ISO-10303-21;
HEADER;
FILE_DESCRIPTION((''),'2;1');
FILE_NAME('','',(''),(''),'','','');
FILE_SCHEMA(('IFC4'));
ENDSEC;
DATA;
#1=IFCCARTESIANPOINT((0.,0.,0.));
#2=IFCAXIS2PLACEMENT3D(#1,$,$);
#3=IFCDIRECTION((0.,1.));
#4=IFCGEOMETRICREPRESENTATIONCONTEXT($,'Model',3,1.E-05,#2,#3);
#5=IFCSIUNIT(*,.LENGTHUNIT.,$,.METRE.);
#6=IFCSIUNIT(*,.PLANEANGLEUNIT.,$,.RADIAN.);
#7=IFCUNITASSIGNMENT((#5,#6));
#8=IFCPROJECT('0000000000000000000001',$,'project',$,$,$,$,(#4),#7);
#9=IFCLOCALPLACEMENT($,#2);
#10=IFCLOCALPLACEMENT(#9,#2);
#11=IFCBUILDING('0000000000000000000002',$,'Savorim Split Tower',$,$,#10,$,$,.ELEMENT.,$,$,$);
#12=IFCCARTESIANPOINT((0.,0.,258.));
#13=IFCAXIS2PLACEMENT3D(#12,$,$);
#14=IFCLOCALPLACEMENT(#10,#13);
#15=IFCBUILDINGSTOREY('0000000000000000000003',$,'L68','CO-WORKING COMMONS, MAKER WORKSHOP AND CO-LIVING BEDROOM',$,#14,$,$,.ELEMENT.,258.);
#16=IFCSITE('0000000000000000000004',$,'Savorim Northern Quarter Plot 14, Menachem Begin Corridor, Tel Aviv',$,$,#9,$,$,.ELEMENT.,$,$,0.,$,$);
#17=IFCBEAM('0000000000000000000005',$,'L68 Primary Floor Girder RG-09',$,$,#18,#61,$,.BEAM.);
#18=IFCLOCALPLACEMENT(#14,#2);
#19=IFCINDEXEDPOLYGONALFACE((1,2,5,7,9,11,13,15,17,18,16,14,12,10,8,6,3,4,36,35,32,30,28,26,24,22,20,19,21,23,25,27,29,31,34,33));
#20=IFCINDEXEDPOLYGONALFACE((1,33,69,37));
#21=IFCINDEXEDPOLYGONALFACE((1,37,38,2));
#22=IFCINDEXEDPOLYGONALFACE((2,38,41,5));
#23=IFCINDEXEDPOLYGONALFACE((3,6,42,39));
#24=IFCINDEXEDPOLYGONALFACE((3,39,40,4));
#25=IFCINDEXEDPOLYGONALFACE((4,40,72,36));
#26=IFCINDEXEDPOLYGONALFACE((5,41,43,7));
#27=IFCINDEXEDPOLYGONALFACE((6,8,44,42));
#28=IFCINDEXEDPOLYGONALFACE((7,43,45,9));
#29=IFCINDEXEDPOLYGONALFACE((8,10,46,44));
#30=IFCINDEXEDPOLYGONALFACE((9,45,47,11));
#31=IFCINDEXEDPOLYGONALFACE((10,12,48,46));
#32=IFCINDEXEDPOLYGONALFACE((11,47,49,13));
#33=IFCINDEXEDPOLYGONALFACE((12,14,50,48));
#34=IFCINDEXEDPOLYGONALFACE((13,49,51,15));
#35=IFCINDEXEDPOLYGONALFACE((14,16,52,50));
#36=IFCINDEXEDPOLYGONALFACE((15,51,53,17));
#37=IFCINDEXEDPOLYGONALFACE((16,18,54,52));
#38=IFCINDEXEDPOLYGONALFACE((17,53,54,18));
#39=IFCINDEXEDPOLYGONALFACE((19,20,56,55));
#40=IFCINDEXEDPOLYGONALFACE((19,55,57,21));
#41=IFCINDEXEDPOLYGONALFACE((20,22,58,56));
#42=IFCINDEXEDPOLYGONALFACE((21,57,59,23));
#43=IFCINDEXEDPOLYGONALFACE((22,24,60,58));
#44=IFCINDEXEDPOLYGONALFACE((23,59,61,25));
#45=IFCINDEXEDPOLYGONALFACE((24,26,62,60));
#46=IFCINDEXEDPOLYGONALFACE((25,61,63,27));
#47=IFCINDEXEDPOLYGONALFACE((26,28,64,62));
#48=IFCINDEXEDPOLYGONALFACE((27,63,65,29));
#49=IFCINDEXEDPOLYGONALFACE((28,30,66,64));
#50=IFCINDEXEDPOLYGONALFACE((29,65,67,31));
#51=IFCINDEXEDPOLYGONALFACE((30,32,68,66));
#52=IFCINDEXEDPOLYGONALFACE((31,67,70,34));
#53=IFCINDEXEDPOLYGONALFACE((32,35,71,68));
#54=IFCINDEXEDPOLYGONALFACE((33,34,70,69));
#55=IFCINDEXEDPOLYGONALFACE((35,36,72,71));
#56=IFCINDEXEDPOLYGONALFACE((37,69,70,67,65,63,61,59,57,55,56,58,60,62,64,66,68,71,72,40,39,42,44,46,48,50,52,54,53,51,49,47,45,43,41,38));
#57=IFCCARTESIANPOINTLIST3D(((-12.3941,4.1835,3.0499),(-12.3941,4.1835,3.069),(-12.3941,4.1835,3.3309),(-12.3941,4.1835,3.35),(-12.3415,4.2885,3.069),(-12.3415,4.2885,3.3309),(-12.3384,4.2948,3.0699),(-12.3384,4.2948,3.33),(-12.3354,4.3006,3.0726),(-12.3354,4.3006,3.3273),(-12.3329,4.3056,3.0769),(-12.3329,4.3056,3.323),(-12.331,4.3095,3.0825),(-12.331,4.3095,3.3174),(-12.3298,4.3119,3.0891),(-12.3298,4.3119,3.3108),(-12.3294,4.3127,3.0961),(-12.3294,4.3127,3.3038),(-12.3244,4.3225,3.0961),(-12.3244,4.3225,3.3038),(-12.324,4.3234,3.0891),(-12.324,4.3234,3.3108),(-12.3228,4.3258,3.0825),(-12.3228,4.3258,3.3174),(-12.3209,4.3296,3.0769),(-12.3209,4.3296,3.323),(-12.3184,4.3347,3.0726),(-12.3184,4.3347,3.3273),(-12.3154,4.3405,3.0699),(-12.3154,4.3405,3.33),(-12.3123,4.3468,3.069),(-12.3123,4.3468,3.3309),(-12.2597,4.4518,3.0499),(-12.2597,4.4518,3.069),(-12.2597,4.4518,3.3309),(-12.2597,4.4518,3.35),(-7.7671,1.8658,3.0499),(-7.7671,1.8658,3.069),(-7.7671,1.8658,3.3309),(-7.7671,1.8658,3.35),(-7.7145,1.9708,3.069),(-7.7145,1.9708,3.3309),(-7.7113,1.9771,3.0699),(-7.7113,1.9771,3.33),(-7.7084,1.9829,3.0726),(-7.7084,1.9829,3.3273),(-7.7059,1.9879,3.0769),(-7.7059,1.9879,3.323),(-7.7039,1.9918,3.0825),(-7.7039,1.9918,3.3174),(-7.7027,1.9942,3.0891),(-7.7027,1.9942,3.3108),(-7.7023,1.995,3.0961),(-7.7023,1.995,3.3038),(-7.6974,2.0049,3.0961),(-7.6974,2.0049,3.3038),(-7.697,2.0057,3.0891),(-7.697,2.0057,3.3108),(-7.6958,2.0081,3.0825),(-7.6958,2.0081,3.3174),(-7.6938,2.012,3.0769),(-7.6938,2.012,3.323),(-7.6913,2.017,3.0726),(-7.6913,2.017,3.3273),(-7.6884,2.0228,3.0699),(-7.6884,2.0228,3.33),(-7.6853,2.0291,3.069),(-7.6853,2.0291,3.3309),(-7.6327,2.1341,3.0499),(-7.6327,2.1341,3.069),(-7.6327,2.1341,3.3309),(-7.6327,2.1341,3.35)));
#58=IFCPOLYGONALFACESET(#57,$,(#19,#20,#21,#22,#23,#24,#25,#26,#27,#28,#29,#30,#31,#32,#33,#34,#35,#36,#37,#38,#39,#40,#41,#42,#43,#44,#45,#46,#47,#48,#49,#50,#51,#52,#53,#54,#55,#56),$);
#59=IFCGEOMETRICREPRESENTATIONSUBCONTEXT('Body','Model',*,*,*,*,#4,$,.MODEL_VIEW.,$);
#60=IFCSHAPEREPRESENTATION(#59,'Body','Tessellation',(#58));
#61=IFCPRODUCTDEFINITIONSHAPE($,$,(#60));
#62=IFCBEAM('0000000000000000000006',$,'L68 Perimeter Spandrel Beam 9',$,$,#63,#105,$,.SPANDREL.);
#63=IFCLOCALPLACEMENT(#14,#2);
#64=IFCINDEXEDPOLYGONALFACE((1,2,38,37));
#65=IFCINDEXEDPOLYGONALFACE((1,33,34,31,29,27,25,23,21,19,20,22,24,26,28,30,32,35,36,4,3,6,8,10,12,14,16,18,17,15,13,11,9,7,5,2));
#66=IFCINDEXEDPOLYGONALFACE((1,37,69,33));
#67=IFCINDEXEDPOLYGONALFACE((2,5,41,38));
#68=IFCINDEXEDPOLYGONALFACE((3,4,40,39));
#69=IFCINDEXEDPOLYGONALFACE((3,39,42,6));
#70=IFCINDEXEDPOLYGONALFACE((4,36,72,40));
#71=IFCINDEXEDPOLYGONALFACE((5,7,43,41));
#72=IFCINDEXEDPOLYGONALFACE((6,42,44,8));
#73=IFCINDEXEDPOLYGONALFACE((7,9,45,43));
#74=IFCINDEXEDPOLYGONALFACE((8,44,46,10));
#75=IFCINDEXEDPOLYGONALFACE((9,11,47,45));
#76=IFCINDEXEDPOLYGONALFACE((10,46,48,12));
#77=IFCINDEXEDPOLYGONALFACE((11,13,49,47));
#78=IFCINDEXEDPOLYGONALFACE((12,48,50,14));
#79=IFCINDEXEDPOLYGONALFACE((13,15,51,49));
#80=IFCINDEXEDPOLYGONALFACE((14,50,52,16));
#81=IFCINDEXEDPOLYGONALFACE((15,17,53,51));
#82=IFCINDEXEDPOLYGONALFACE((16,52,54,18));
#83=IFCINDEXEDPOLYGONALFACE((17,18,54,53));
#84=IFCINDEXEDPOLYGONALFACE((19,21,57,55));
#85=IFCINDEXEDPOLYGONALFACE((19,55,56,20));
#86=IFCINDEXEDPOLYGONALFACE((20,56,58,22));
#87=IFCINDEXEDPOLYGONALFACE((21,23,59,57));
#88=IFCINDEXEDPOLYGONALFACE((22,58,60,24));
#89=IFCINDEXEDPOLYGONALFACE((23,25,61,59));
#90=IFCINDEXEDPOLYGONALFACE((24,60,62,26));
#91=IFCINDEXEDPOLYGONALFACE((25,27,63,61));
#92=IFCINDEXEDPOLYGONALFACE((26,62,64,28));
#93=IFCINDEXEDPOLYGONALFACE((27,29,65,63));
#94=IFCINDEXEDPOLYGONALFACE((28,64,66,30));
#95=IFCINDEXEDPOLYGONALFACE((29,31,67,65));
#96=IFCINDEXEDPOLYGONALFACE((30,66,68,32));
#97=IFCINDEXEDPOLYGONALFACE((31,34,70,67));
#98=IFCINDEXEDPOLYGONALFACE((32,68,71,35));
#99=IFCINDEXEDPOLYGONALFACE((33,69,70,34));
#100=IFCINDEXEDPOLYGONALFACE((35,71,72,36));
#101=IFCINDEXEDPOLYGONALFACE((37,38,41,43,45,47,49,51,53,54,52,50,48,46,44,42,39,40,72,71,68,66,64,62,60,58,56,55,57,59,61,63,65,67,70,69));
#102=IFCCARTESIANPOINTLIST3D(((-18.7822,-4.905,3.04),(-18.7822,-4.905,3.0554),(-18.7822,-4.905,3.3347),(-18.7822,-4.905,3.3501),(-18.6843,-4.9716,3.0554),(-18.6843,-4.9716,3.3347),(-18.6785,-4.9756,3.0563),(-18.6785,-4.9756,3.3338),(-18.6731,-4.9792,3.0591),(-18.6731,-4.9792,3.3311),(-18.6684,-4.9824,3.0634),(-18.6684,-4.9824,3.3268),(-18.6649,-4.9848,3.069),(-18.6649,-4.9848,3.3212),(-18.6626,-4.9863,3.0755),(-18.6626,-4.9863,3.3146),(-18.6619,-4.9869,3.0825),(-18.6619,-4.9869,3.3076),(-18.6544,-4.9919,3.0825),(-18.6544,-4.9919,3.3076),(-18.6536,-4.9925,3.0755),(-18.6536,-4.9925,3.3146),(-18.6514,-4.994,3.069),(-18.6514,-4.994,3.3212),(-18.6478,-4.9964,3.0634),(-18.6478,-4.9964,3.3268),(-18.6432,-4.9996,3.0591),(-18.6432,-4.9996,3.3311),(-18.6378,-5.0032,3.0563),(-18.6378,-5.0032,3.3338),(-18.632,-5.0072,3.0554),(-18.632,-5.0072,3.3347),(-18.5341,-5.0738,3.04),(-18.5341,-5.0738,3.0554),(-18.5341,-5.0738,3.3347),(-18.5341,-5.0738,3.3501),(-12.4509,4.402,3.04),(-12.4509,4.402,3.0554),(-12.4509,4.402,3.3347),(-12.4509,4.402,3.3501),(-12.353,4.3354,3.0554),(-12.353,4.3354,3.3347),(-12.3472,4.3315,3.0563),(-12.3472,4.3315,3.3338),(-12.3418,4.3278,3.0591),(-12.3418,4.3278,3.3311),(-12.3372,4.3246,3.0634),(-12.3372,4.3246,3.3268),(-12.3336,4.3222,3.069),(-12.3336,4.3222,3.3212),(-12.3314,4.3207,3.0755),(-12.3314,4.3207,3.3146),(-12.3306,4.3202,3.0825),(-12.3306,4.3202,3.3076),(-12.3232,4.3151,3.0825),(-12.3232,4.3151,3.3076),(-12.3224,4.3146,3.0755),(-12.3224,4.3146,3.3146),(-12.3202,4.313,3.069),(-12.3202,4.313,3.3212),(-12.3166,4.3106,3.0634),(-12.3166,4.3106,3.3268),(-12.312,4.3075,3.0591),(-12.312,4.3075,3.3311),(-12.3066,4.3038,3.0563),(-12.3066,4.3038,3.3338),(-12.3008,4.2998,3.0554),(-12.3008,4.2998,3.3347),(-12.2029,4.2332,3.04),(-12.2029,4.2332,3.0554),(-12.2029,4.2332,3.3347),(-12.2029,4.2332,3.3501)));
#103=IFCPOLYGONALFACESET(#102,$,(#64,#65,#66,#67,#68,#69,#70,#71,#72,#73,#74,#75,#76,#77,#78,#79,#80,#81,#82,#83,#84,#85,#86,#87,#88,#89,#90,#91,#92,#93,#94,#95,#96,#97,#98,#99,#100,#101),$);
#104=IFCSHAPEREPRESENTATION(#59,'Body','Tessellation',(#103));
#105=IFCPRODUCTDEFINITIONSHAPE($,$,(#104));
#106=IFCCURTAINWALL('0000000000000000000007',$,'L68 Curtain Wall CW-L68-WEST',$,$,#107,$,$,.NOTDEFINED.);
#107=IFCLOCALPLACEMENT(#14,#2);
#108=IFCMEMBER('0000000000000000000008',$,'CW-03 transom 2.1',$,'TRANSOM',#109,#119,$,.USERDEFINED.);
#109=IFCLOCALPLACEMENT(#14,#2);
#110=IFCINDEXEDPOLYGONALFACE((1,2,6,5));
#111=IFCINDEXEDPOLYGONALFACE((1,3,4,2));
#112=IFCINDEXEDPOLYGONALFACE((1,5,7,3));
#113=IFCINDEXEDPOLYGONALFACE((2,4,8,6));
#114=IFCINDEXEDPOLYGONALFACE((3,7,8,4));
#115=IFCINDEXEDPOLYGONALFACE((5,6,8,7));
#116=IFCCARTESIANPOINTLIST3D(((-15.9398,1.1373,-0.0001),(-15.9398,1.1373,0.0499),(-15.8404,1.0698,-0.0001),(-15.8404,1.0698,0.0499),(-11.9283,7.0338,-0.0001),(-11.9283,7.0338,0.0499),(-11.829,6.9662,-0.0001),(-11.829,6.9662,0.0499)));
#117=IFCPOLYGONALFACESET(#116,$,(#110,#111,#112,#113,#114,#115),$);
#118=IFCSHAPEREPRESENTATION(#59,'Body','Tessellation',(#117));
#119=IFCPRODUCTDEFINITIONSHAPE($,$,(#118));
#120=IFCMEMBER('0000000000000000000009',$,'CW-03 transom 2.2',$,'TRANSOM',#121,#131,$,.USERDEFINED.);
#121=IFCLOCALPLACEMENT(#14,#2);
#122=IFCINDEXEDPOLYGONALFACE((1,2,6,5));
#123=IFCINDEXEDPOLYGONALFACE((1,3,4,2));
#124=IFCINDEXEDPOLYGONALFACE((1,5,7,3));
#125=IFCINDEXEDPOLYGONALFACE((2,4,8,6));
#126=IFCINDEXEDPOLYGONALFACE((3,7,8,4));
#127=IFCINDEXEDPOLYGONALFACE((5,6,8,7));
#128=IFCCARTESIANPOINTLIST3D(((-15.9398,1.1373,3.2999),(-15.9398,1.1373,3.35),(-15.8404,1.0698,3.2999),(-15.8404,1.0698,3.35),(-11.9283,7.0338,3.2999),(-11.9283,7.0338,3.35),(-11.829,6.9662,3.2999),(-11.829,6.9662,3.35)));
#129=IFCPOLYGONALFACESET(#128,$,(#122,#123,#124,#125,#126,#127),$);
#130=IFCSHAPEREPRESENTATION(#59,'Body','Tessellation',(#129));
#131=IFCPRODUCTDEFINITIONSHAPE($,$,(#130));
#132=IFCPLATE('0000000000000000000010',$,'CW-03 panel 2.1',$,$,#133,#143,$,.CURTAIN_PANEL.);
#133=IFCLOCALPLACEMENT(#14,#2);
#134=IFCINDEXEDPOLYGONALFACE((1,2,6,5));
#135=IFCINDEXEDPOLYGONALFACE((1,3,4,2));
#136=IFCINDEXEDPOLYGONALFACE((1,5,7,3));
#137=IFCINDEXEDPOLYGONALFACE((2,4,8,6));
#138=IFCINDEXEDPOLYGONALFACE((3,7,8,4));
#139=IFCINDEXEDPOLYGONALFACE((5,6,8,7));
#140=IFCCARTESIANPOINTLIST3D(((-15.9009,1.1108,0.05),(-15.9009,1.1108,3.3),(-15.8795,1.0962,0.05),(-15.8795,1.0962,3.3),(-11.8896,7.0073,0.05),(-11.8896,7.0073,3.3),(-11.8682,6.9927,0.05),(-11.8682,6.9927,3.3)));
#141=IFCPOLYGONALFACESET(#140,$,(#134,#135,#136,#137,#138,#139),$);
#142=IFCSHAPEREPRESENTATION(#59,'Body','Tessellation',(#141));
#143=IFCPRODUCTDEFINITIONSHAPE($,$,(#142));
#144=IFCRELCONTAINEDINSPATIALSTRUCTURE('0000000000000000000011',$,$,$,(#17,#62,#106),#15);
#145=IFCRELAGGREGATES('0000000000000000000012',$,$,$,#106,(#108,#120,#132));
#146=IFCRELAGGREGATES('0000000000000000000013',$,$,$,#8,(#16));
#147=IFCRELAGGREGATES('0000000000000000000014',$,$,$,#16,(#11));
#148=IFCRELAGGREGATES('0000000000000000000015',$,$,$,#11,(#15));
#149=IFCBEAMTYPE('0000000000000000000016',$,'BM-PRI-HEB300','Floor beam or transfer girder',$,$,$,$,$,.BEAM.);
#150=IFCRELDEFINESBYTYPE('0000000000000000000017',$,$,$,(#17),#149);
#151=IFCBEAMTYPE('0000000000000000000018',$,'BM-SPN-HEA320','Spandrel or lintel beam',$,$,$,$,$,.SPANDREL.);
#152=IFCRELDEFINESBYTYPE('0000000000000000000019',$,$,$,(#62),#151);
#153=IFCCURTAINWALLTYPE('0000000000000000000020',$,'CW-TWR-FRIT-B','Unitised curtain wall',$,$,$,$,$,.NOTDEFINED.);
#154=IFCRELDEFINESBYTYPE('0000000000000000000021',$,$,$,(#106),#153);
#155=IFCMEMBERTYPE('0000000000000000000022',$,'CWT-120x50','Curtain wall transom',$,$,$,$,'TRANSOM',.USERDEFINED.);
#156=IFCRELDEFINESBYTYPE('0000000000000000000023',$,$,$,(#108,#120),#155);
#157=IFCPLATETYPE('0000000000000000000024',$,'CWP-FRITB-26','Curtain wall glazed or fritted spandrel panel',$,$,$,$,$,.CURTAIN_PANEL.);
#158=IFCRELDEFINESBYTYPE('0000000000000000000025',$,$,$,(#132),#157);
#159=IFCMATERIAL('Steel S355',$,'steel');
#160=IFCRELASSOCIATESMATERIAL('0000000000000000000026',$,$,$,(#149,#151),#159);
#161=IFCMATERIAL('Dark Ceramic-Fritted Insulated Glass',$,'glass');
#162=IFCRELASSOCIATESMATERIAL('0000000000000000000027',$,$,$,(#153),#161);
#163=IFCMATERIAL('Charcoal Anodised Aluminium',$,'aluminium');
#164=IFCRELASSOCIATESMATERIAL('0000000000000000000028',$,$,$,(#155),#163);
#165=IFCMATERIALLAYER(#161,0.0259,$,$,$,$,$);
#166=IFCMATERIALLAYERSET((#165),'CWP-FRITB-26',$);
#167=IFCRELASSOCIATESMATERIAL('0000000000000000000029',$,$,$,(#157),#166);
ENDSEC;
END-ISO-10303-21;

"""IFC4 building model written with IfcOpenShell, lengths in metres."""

from ifc_helpers import new_model, si_unit, direction, frame, origin, origin_2d, place, context, subcontext, project, spatial, rectangle, i_section, extrude, material, layer, layer_set, material_profile, profile_set, type_object, element, aggregate, save


model = new_model("IFC4")

# Units and contexts
model_context = context("Model", 3, precision=1e-05, world=origin(), true_north=direction((0.0, 1.0)))
body_context = subcontext(model_context, "Body", "Model", "MODEL_VIEW")
ifc_project = project(units=[si_unit("LENGTHUNIT", "METRE"), si_unit("PLANEANGLEUNIT", "RADIAN")], contexts=[model_context])

# Site, building, storey
site_placement = place(None, origin())
site = spatial("IfcSite", under=ifc_project, at=site_placement, Name="Savorim Northern Quarter Plot 14, Menachem Begin Corridor, Tel Aviv", CompositionType="ELEMENT", RefElevation=0.0)
building_placement = place(site_placement, origin())
building = spatial("IfcBuilding", under=site, at=building_placement, Name="Savorim Split Tower", CompositionType="ELEMENT")
storey_placement = place(building_placement, frame((0.0, 0.0, 258.0)))
storey = spatial("IfcBuildingStorey", under=building, at=storey_placement, Name="L68", Description="CO-WORKING COMMONS, MAKER WORKSHOP AND CO-LIVING BEDROOM", CompositionType="ELEMENT", Elevation=258.0)

# Shared definitions
ifc_material_1 = material(Name="Steel S355", Category="steel")

# Beams
ifc_material_profile_1 = material_profile(ifc_material_1, i_section(OverallWidth=0.3, OverallDepth=0.3, WebThickness=0.011, FlangeThickness=0.019, FilletRadius=0.0271, at=origin_2d()), Name="HEB 300")
ifc_profile_set_1 = profile_set([ifc_material_profile_1], Name="Steel S355")
beam_type_1 = type_object("IfcBeamType", Name="BM-PRI-HEB300", Description="Floor beam or transfer girder", PredefinedType="BEAM", material=ifc_profile_set_1)
beam_1_placement = place(storey_placement, frame((-12.3269, 4.3176, 3.2), z_axis=(0.894106, -0.447855, 0.0), x_axis=(0.447855, 0.894106, 0.0)))
element("IfcBeam", 1, at=beam_1_placement, inside=storey, type_object=beam_type_1, Name="L68 Primary Floor Girder RG-09", PredefinedType="BEAM", context=body_context, shape_type="SweptSolid", body=[
    extrude(i_section(OverallWidth=0.3, OverallDepth=0.3, WebThickness=0.011, FlangeThickness=0.019, FilletRadius=0.0271, at=origin_2d()), origin(), (0.0, 0.0, 1.0), 5.175),
])
ifc_material_profile_2 = material_profile(ifc_material_1, i_section(OverallWidth=0.3, OverallDepth=0.3101, WebThickness=0.009, FlangeThickness=0.0154, FilletRadius=0.0271, at=origin_2d()), Name="HEA 320")
ifc_profile_set_2 = profile_set([ifc_material_profile_2], Name="Steel S355")
beam_type_2 = type_object("IfcBeamType", Name="BM-SPN-HEA320", Description="Spandrel or lintel beam", PredefinedType="SPANDREL", material=ifc_profile_set_2)
beam_2_placement = place(storey_placement, frame((-12.3269, 4.3176, 3.1951), z_axis=(-0.562459, -0.826825, 0.0), x_axis=(0.826825, -0.562459, 0.0)))
element("IfcBeam", 2, at=beam_2_placement, inside=storey, type_object=beam_type_2, Name="L68 Perimeter Spandrel Beam 9", PredefinedType="SPANDREL", context=body_context, shape_type="SweptSolid", body=[
    extrude(i_section(OverallWidth=0.3, OverallDepth=0.3101, WebThickness=0.009, FlangeThickness=0.0154, FilletRadius=0.0271, at=origin_2d()), origin(), (0.0, 0.0, 1.0), 11.2563),
])

# Curtain wall, members, plate
ifc_material_2 = material(Name="Dark Ceramic-Fritted Insulated Glass", Category="glass")
curtain_wall_type = type_object("IfcCurtainWallType", Name="CW-TWR-FRIT-B", Description="Unitised curtain wall", PredefinedType="NOTDEFINED", material=ifc_material_2)
curtain_wall_placement = place(storey_placement, origin())
curtain_wall = element("IfcCurtainWall", 3, at=curtain_wall_placement, inside=storey, type_object=curtain_wall_type, Name="L68 Curtain Wall CW-L68-WEST", PredefinedType="NOTDEFINED")
ifc_material_3 = material(Name="Charcoal Anodised Aluminium", Category="aluminium")
ifc_material_profile_3 = material_profile(ifc_material_3, rectangle(XDim=0.1201, YDim=0.05, at=origin_2d()), Name="ALU-T 120x50")
ifc_profile_set_3 = profile_set([ifc_material_profile_3], Name="Charcoal Anodised Aluminium")
member_type = type_object("IfcMemberType", Name="CWT-120x50", Description="Curtain wall transom", ElementType="TRANSOM", PredefinedType="USERDEFINED", material=ifc_profile_set_3)
member_1_placement = place(storey_placement, frame((-11.8787, 7.0, 0.0249), z_axis=(-0.562489, -0.826805, 0.0), x_axis=(0.826805, -0.562489, 0.0)))
member_1 = element("IfcMember", 4, at=member_1_placement, type_object=member_type, Name="CW-03 transom 2.1", ObjectType="TRANSOM", PredefinedType="USERDEFINED", context=body_context, shape_type="SweptSolid", body=[
    extrude(rectangle(XDim=0.1201, YDim=0.05, at=origin_2d()), origin(), (0.0, 0.0, 1.0), 7.1316),
])
member_2_placement = place(storey_placement, frame((-11.8787, 7.0, 3.325), z_axis=(-0.562489, -0.826805, 0.0), x_axis=(0.826805, -0.562489, 0.0)))
member_2 = element("IfcMember", 5, at=member_2_placement, type_object=member_type, Name="CW-03 transom 2.2", ObjectType="TRANSOM", PredefinedType="USERDEFINED", context=body_context, shape_type="SweptSolid", body=[
    extrude(rectangle(XDim=0.1201, YDim=0.05, at=origin_2d()), origin(), (0.0, 0.0, 1.0), 7.1316),
])
ifc_layer_1 = layer(ifc_material_2, 0.0259)
ifc_layer_set_1 = layer_set([ifc_layer_1], Name="CWP-FRITB-26")
plate_type = type_object("IfcPlateType", Name="CWP-FRITB-26", Description="Curtain wall glazed or fritted spandrel panel", PredefinedType="CURTAIN_PANEL", material=ifc_layer_set_1)
plate_placement = place(storey_placement, frame((-13.8845, 4.0518, 0.05), z_axis=(0.0, 0.0, 1.0), x_axis=(-0.56247, -0.826817, 0.0)))
plate = element("IfcPlate", 6, at=plate_placement, type_object=plate_type, Name="CW-03 panel 2.1", PredefinedType="CURTAIN_PANEL", context=body_context, shape_type="SweptSolid", body=[
    extrude(rectangle(XDim=7.1316, YDim=0.0259, at=origin_2d()), origin(), (0.0, 0.0, 1.0), 3.25),
])
aggregate(curtain_wall, [member_1, member_2, plate])

save(model, "model.ifc")
